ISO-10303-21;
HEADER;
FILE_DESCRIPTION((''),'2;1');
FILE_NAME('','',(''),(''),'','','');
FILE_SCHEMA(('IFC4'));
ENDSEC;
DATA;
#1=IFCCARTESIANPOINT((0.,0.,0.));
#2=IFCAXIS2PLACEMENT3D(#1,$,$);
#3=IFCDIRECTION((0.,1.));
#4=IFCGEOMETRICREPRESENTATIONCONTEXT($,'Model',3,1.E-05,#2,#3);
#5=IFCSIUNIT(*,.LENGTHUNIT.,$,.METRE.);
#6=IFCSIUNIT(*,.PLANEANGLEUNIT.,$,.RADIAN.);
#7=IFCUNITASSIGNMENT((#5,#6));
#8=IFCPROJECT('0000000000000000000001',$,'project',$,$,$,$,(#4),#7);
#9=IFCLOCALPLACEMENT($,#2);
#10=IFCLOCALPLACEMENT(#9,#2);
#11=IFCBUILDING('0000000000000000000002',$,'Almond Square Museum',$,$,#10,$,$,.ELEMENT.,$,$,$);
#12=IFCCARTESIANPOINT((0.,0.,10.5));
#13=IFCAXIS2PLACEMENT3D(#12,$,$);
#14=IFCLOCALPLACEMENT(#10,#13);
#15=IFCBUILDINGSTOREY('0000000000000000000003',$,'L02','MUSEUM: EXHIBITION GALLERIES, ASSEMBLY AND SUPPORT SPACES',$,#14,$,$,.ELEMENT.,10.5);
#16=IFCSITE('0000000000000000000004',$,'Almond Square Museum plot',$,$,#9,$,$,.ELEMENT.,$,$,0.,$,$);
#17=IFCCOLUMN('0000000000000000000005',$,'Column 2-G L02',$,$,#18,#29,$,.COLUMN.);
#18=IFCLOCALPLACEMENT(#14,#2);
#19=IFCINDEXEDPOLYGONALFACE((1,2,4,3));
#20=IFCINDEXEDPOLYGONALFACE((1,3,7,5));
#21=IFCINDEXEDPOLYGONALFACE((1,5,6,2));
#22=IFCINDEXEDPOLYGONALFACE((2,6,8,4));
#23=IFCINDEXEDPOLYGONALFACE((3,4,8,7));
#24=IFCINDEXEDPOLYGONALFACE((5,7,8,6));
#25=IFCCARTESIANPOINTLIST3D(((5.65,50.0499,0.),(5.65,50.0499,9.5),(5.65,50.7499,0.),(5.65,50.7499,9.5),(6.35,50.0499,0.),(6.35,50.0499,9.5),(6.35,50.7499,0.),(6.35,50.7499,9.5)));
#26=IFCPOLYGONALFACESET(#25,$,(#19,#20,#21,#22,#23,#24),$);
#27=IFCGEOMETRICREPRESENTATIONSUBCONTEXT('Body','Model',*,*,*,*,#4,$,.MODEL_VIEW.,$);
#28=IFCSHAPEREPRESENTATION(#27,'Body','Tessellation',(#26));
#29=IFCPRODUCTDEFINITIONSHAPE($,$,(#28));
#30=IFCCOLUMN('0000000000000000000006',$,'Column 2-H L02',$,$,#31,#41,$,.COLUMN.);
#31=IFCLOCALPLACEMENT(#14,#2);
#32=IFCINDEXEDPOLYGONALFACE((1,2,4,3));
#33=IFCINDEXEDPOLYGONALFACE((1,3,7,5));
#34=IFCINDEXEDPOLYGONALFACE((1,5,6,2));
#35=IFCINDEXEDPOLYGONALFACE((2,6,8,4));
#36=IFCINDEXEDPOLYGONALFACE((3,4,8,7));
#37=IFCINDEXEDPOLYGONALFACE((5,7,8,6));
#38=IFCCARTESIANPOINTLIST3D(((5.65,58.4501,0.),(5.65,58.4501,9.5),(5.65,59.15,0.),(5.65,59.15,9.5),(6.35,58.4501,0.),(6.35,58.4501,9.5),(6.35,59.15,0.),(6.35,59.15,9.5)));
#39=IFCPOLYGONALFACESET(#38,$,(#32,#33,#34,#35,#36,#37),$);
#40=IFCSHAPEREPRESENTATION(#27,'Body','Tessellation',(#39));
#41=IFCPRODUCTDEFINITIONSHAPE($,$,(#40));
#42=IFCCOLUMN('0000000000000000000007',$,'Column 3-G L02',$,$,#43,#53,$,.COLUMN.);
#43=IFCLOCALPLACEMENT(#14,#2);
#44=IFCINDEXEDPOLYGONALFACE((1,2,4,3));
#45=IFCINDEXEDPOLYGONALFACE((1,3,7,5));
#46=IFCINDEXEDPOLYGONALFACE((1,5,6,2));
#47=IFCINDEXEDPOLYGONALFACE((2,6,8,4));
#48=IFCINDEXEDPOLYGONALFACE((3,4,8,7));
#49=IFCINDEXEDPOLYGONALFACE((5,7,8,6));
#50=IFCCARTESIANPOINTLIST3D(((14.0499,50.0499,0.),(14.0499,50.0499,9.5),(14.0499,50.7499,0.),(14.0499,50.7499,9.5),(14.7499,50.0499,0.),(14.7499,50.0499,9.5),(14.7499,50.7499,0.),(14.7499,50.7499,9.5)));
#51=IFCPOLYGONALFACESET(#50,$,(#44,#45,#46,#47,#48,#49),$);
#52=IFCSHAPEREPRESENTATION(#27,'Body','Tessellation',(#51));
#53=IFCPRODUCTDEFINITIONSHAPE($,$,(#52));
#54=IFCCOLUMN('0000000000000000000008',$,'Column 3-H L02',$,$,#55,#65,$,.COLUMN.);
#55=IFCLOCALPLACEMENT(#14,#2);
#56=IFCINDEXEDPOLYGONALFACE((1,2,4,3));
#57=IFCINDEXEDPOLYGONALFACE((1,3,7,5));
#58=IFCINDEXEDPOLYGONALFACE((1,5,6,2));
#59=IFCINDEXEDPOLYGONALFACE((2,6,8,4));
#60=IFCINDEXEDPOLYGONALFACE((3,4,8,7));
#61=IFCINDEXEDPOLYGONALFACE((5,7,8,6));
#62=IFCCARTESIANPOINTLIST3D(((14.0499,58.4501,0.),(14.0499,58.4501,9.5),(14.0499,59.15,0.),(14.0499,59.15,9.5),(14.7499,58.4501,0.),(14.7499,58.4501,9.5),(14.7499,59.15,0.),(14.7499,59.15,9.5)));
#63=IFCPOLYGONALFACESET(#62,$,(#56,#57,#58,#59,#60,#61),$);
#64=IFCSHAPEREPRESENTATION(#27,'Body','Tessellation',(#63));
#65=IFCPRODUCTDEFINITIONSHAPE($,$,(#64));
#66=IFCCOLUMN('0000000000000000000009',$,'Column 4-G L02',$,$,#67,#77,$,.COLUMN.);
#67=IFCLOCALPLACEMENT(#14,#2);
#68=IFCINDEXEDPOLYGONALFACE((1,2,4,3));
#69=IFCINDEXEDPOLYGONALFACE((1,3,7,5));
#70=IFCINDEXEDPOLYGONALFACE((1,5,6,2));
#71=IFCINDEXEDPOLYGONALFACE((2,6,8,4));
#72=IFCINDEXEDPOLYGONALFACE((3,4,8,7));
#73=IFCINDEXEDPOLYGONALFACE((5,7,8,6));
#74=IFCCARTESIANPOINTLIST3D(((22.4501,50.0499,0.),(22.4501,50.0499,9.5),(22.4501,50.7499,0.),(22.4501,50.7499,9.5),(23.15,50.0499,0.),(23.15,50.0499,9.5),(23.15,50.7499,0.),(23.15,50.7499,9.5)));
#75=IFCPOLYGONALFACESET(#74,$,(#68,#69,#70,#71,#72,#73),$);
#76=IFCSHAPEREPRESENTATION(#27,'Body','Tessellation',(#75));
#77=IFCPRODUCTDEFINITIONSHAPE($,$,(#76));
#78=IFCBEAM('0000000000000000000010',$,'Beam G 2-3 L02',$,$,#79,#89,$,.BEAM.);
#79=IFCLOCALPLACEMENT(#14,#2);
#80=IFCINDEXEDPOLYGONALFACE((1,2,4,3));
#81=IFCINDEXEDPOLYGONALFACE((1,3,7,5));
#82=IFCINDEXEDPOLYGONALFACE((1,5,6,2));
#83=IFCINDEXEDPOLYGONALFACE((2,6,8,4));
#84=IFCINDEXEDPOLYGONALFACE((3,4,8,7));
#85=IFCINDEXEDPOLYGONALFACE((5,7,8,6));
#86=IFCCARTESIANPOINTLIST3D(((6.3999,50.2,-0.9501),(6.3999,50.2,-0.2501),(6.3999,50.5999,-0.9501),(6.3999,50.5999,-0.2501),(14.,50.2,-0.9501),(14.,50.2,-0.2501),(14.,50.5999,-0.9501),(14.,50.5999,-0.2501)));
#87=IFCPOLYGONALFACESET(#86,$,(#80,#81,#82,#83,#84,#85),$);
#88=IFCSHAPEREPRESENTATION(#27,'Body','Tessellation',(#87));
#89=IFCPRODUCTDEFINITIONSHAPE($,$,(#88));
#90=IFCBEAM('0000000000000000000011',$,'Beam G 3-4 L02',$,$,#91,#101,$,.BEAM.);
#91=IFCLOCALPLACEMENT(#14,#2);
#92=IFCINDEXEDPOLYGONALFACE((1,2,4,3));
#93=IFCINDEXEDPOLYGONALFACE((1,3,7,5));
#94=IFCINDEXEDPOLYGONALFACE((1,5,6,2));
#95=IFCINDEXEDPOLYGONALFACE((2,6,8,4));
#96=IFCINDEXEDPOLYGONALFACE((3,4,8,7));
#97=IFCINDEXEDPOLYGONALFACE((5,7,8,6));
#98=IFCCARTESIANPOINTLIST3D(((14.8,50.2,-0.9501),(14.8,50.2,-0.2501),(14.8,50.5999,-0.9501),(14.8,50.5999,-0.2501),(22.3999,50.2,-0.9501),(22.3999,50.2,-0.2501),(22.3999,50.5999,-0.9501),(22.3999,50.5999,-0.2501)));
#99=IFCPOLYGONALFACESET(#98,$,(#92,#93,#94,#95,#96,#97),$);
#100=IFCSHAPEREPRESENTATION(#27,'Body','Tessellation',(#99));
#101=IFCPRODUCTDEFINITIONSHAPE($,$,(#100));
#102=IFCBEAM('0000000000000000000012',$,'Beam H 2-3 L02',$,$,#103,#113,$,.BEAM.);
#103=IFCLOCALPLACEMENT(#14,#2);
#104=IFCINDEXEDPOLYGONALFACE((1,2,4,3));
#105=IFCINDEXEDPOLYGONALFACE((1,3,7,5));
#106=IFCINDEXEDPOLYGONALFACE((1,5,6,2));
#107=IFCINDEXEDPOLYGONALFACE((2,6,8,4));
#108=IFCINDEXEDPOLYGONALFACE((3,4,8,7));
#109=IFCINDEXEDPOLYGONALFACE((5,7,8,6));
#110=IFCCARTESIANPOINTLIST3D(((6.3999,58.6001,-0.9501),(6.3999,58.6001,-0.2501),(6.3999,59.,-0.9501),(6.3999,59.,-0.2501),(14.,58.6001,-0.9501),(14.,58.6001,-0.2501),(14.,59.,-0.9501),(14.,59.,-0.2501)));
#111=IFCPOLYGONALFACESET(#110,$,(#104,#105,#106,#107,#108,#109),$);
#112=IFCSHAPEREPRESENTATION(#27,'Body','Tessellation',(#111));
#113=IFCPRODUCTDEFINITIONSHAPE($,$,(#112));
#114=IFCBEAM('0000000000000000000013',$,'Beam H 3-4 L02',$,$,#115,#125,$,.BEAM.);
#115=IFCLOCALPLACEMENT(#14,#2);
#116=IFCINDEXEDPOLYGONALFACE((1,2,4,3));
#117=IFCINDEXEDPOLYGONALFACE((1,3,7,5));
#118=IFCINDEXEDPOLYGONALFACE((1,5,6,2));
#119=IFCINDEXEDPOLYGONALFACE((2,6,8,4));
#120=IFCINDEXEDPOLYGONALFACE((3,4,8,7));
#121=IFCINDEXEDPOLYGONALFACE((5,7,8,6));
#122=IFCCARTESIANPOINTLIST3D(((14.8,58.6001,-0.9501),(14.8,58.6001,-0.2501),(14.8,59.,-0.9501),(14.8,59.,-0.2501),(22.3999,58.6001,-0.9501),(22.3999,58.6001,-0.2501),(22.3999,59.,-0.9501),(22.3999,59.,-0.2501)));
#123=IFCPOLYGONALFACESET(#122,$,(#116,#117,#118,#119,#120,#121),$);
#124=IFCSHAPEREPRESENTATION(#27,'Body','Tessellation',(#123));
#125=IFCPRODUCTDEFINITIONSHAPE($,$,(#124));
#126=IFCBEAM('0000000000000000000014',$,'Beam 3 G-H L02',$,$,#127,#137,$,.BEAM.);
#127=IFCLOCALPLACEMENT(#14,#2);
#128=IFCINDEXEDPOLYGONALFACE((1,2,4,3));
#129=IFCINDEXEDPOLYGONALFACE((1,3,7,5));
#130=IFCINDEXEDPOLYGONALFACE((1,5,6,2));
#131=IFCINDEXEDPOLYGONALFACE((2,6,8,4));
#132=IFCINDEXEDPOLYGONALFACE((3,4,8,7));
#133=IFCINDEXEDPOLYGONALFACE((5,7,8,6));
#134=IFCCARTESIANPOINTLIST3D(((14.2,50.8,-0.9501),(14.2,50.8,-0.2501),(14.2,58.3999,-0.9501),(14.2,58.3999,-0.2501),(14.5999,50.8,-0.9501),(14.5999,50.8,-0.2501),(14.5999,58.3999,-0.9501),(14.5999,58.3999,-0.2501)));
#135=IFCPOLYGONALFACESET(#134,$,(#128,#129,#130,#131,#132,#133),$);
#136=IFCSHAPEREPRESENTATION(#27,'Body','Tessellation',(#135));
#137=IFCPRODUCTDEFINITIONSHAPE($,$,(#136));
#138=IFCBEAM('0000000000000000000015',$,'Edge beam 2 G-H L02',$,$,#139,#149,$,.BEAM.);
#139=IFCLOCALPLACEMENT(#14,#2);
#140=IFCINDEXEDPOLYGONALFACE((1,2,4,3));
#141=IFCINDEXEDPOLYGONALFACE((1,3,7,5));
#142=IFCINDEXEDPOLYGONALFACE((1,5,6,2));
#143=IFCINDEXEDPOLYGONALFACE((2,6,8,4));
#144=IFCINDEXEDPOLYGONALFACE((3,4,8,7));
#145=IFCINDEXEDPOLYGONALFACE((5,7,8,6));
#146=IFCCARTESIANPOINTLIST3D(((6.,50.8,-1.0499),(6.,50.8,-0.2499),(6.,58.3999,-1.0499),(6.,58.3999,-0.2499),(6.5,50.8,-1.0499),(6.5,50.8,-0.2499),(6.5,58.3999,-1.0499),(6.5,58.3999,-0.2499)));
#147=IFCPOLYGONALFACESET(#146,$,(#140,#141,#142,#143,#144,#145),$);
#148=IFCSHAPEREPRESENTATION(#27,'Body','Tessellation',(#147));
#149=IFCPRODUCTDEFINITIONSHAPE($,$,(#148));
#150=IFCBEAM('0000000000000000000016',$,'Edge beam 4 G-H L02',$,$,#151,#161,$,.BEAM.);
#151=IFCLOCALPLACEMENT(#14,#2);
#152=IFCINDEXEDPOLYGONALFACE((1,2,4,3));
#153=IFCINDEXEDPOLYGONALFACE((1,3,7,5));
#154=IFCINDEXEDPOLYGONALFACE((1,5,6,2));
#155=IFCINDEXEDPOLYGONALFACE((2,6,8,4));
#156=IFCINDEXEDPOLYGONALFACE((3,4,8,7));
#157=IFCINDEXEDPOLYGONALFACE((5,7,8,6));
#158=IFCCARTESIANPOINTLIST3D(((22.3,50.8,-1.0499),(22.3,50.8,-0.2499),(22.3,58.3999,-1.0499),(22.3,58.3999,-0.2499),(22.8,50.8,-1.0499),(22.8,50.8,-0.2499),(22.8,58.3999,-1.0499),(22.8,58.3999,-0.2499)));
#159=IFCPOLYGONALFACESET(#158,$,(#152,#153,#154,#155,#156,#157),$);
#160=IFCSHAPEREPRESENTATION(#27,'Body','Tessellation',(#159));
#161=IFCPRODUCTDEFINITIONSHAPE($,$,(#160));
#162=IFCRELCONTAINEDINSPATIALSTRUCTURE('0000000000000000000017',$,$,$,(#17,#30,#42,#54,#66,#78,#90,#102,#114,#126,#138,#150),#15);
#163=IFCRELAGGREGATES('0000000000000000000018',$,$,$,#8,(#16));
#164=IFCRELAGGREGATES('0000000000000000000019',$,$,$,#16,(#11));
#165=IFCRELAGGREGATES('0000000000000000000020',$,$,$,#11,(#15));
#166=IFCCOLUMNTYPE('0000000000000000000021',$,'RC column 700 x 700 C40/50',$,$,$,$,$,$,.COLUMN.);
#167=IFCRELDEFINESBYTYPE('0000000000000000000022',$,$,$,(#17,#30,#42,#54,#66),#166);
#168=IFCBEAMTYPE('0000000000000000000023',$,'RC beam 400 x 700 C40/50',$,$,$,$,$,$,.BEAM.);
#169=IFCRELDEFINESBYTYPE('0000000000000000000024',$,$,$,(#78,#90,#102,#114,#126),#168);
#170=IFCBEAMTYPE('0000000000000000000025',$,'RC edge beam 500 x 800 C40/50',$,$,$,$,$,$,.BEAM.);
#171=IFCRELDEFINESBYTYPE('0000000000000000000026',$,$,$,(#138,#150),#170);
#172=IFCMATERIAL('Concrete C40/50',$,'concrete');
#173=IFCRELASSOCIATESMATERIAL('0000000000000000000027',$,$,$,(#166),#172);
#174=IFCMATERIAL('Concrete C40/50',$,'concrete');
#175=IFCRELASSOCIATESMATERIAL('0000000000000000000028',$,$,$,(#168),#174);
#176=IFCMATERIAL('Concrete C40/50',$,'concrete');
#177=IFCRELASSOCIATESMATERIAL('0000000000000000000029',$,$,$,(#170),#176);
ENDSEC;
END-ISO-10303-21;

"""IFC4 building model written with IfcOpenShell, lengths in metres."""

from ifc_helpers import new_model, si_unit, direction, frame, origin, origin_2d, place, context, subcontext, project, spatial, rectangle, extrude, material, material_profile, profile_set, type_object, element, save


model = new_model("IFC4")

# Units and contexts
model_context = context("Model", 3, precision=1e-05, world=origin(), true_north=direction((0.0, 1.0)))
body_context = subcontext(model_context, "Body", "Model", "MODEL_VIEW")
ifc_project = project(units=[si_unit("LENGTHUNIT", "METRE"), si_unit("PLANEANGLEUNIT", "RADIAN")], contexts=[model_context])

# Site, building, storey
site_placement = place(None, origin())
site = spatial("IfcSite", under=ifc_project, at=site_placement, Name="Almond Square Museum plot", CompositionType="ELEMENT", RefElevation=0.0)
building_placement = place(site_placement, origin())
building = spatial("IfcBuilding", under=site, at=building_placement, Name="Almond Square Museum", CompositionType="ELEMENT")
storey_placement = place(building_placement, frame((0.0, 0.0, 10.5)))
storey = spatial("IfcBuildingStorey", under=building, at=storey_placement, Name="L02", Description="MUSEUM: EXHIBITION GALLERIES, ASSEMBLY AND SUPPORT SPACES", CompositionType="ELEMENT", Elevation=10.5)

# Columns
ifc_material_1 = material(Name="Concrete C40/50", Category="concrete")
ifc_material_profile_1 = material_profile(ifc_material_1, rectangle(XDim=0.7, YDim=0.7, at=origin_2d()))
ifc_profile_set_1 = profile_set([ifc_material_profile_1], Name="Concrete C40/50")
column_type = type_object("IfcColumnType", Name="RC column 700 x 700 C40/50", PredefinedType="COLUMN", material=ifc_profile_set_1)
for number, where, z_axis, x_axis, name in (
    (1, (6.0, 50.3999, 0.0), (0.0, 0.0, 1.0), (1.0, 0.0, 0.0), "Column 2-G L02"),
    (2, (6.0, 58.8, 0.0), (0.0, 0.0, 1.0), (1.0, 0.0, 0.0), "Column 2-H L02"),
    (3, (14.3999, 50.3999, 0.0), (0.0, 0.0, 1.0), (1.0, 0.0, 0.0), "Column 3-G L02"),
    (4, (14.3999, 58.8, 0.0), (0.0, 0.0, 1.0), (1.0, 0.0, 0.0), "Column 3-H L02"),
    (5, (22.8, 50.3999, 0.0), (0.0, 0.0, 1.0), (1.0, 0.0, 0.0), "Column 4-G L02"),
):
    element("IfcColumn", number, at=place(storey_placement, frame(where, z_axis=z_axis, x_axis=x_axis)), inside=storey, type_object=column_type, Name=name, PredefinedType="COLUMN", context=body_context, shape_type="SweptSolid", body=[
        extrude(rectangle(XDim=0.7, YDim=0.7, at=origin_2d()), origin(), (0.0, 0.0, 1.0), 9.5),
    ])

# Beams
ifc_material_2 = material(Name="Concrete C40/50", Category="concrete")
ifc_material_profile_2 = material_profile(ifc_material_2, rectangle(XDim=0.3999, YDim=0.7, at=origin_2d()))
ifc_profile_set_2 = profile_set([ifc_material_profile_2], Name="Concrete C40/50")
beam_type_1 = type_object("IfcBeamType", Name="RC beam 400 x 700 C40/50", PredefinedType="BEAM", material=ifc_profile_set_2)
beam_1_placement = place(storey_placement, frame((6.3999, 50.3999, -0.6001), z_axis=(1.0, 0.0, 0.0), x_axis=(0.0, 1.0, 0.0)))
element("IfcBeam", 6, at=beam_1_placement, inside=storey, type_object=beam_type_1, Name="Beam G 2-3 L02", PredefinedType="BEAM", context=body_context, shape_type="SweptSolid", body=[
    extrude(rectangle(XDim=0.3999, YDim=0.7, at=origin_2d()), origin(), (0.0, 0.0, 1.0), 7.6001),
])
beam_2_placement = place(storey_placement, frame((14.8, 50.3999, -0.6001), z_axis=(1.0, 0.0, 0.0), x_axis=(0.0, 1.0, 0.0)))
element("IfcBeam", 7, at=beam_2_placement, inside=storey, type_object=beam_type_1, Name="Beam G 3-4 L02", PredefinedType="BEAM", context=body_context, shape_type="SweptSolid", body=[
    extrude(rectangle(XDim=0.3999, YDim=0.7, at=origin_2d()), origin(), (0.0, 0.0, 1.0), 7.5999),
])
beam_3_placement = place(storey_placement, frame((6.3999, 58.8, -0.6001), z_axis=(1.0, 0.0, 0.0), x_axis=(0.0, 1.0, 0.0)))
element("IfcBeam", 8, at=beam_3_placement, inside=storey, type_object=beam_type_1, Name="Beam H 2-3 L02", PredefinedType="BEAM", context=body_context, shape_type="SweptSolid", body=[
    extrude(rectangle(XDim=0.3999, YDim=0.7, at=origin_2d()), origin(), (0.0, 0.0, 1.0), 7.6001),
])
for number, where, z_axis, x_axis, name in (
    (9, (14.8, 58.8, -0.6001), (1.0, 0.0, 0.0), (0.0, 1.0, 0.0), "Beam H 3-4 L02"),
    (10, (14.3999, 50.8, -0.6001), (0.0, 1.0, 0.0), (-1.0, 0.0, 0.0), "Beam 3 G-H L02"),
):
    element("IfcBeam", number, at=place(storey_placement, frame(where, z_axis=z_axis, x_axis=x_axis)), inside=storey, type_object=beam_type_1, Name=name, PredefinedType="BEAM", context=body_context, shape_type="SweptSolid", body=[
        extrude(rectangle(XDim=0.3999, YDim=0.7, at=origin_2d()), origin(), (0.0, 0.0, 1.0), 7.5999),
    ])
ifc_material_3 = material(Name="Concrete C40/50", Category="concrete")
ifc_material_profile_3 = material_profile(ifc_material_3, rectangle(XDim=0.5, YDim=0.8, at=origin_2d()))
ifc_profile_set_3 = profile_set([ifc_material_profile_3], Name="Concrete C40/50")
beam_type_2 = type_object("IfcBeamType", Name="RC edge beam 500 x 800 C40/50", PredefinedType="BEAM", material=ifc_profile_set_3)
for number, where, z_axis, x_axis, name in (
    (11, (6.25, 50.8, -0.6499), (0.0, 1.0, 0.0), (-1.0, 0.0, 0.0), "Edge beam 2 G-H L02"),
    (12, (22.55, 50.8, -0.6499), (0.0, 1.0, 0.0), (-1.0, 0.0, 0.0), "Edge beam 4 G-H L02"),
):
    element("IfcBeam", number, at=place(storey_placement, frame(where, z_axis=z_axis, x_axis=x_axis)), inside=storey, type_object=beam_type_2, Name=name, PredefinedType="BEAM", context=body_context, shape_type="SweptSolid", body=[
        extrude(rectangle(XDim=0.5, YDim=0.8, at=origin_2d()), origin(), (0.0, 0.0, 1.0), 7.5999),
    ])

save(model, "model.ifc")
